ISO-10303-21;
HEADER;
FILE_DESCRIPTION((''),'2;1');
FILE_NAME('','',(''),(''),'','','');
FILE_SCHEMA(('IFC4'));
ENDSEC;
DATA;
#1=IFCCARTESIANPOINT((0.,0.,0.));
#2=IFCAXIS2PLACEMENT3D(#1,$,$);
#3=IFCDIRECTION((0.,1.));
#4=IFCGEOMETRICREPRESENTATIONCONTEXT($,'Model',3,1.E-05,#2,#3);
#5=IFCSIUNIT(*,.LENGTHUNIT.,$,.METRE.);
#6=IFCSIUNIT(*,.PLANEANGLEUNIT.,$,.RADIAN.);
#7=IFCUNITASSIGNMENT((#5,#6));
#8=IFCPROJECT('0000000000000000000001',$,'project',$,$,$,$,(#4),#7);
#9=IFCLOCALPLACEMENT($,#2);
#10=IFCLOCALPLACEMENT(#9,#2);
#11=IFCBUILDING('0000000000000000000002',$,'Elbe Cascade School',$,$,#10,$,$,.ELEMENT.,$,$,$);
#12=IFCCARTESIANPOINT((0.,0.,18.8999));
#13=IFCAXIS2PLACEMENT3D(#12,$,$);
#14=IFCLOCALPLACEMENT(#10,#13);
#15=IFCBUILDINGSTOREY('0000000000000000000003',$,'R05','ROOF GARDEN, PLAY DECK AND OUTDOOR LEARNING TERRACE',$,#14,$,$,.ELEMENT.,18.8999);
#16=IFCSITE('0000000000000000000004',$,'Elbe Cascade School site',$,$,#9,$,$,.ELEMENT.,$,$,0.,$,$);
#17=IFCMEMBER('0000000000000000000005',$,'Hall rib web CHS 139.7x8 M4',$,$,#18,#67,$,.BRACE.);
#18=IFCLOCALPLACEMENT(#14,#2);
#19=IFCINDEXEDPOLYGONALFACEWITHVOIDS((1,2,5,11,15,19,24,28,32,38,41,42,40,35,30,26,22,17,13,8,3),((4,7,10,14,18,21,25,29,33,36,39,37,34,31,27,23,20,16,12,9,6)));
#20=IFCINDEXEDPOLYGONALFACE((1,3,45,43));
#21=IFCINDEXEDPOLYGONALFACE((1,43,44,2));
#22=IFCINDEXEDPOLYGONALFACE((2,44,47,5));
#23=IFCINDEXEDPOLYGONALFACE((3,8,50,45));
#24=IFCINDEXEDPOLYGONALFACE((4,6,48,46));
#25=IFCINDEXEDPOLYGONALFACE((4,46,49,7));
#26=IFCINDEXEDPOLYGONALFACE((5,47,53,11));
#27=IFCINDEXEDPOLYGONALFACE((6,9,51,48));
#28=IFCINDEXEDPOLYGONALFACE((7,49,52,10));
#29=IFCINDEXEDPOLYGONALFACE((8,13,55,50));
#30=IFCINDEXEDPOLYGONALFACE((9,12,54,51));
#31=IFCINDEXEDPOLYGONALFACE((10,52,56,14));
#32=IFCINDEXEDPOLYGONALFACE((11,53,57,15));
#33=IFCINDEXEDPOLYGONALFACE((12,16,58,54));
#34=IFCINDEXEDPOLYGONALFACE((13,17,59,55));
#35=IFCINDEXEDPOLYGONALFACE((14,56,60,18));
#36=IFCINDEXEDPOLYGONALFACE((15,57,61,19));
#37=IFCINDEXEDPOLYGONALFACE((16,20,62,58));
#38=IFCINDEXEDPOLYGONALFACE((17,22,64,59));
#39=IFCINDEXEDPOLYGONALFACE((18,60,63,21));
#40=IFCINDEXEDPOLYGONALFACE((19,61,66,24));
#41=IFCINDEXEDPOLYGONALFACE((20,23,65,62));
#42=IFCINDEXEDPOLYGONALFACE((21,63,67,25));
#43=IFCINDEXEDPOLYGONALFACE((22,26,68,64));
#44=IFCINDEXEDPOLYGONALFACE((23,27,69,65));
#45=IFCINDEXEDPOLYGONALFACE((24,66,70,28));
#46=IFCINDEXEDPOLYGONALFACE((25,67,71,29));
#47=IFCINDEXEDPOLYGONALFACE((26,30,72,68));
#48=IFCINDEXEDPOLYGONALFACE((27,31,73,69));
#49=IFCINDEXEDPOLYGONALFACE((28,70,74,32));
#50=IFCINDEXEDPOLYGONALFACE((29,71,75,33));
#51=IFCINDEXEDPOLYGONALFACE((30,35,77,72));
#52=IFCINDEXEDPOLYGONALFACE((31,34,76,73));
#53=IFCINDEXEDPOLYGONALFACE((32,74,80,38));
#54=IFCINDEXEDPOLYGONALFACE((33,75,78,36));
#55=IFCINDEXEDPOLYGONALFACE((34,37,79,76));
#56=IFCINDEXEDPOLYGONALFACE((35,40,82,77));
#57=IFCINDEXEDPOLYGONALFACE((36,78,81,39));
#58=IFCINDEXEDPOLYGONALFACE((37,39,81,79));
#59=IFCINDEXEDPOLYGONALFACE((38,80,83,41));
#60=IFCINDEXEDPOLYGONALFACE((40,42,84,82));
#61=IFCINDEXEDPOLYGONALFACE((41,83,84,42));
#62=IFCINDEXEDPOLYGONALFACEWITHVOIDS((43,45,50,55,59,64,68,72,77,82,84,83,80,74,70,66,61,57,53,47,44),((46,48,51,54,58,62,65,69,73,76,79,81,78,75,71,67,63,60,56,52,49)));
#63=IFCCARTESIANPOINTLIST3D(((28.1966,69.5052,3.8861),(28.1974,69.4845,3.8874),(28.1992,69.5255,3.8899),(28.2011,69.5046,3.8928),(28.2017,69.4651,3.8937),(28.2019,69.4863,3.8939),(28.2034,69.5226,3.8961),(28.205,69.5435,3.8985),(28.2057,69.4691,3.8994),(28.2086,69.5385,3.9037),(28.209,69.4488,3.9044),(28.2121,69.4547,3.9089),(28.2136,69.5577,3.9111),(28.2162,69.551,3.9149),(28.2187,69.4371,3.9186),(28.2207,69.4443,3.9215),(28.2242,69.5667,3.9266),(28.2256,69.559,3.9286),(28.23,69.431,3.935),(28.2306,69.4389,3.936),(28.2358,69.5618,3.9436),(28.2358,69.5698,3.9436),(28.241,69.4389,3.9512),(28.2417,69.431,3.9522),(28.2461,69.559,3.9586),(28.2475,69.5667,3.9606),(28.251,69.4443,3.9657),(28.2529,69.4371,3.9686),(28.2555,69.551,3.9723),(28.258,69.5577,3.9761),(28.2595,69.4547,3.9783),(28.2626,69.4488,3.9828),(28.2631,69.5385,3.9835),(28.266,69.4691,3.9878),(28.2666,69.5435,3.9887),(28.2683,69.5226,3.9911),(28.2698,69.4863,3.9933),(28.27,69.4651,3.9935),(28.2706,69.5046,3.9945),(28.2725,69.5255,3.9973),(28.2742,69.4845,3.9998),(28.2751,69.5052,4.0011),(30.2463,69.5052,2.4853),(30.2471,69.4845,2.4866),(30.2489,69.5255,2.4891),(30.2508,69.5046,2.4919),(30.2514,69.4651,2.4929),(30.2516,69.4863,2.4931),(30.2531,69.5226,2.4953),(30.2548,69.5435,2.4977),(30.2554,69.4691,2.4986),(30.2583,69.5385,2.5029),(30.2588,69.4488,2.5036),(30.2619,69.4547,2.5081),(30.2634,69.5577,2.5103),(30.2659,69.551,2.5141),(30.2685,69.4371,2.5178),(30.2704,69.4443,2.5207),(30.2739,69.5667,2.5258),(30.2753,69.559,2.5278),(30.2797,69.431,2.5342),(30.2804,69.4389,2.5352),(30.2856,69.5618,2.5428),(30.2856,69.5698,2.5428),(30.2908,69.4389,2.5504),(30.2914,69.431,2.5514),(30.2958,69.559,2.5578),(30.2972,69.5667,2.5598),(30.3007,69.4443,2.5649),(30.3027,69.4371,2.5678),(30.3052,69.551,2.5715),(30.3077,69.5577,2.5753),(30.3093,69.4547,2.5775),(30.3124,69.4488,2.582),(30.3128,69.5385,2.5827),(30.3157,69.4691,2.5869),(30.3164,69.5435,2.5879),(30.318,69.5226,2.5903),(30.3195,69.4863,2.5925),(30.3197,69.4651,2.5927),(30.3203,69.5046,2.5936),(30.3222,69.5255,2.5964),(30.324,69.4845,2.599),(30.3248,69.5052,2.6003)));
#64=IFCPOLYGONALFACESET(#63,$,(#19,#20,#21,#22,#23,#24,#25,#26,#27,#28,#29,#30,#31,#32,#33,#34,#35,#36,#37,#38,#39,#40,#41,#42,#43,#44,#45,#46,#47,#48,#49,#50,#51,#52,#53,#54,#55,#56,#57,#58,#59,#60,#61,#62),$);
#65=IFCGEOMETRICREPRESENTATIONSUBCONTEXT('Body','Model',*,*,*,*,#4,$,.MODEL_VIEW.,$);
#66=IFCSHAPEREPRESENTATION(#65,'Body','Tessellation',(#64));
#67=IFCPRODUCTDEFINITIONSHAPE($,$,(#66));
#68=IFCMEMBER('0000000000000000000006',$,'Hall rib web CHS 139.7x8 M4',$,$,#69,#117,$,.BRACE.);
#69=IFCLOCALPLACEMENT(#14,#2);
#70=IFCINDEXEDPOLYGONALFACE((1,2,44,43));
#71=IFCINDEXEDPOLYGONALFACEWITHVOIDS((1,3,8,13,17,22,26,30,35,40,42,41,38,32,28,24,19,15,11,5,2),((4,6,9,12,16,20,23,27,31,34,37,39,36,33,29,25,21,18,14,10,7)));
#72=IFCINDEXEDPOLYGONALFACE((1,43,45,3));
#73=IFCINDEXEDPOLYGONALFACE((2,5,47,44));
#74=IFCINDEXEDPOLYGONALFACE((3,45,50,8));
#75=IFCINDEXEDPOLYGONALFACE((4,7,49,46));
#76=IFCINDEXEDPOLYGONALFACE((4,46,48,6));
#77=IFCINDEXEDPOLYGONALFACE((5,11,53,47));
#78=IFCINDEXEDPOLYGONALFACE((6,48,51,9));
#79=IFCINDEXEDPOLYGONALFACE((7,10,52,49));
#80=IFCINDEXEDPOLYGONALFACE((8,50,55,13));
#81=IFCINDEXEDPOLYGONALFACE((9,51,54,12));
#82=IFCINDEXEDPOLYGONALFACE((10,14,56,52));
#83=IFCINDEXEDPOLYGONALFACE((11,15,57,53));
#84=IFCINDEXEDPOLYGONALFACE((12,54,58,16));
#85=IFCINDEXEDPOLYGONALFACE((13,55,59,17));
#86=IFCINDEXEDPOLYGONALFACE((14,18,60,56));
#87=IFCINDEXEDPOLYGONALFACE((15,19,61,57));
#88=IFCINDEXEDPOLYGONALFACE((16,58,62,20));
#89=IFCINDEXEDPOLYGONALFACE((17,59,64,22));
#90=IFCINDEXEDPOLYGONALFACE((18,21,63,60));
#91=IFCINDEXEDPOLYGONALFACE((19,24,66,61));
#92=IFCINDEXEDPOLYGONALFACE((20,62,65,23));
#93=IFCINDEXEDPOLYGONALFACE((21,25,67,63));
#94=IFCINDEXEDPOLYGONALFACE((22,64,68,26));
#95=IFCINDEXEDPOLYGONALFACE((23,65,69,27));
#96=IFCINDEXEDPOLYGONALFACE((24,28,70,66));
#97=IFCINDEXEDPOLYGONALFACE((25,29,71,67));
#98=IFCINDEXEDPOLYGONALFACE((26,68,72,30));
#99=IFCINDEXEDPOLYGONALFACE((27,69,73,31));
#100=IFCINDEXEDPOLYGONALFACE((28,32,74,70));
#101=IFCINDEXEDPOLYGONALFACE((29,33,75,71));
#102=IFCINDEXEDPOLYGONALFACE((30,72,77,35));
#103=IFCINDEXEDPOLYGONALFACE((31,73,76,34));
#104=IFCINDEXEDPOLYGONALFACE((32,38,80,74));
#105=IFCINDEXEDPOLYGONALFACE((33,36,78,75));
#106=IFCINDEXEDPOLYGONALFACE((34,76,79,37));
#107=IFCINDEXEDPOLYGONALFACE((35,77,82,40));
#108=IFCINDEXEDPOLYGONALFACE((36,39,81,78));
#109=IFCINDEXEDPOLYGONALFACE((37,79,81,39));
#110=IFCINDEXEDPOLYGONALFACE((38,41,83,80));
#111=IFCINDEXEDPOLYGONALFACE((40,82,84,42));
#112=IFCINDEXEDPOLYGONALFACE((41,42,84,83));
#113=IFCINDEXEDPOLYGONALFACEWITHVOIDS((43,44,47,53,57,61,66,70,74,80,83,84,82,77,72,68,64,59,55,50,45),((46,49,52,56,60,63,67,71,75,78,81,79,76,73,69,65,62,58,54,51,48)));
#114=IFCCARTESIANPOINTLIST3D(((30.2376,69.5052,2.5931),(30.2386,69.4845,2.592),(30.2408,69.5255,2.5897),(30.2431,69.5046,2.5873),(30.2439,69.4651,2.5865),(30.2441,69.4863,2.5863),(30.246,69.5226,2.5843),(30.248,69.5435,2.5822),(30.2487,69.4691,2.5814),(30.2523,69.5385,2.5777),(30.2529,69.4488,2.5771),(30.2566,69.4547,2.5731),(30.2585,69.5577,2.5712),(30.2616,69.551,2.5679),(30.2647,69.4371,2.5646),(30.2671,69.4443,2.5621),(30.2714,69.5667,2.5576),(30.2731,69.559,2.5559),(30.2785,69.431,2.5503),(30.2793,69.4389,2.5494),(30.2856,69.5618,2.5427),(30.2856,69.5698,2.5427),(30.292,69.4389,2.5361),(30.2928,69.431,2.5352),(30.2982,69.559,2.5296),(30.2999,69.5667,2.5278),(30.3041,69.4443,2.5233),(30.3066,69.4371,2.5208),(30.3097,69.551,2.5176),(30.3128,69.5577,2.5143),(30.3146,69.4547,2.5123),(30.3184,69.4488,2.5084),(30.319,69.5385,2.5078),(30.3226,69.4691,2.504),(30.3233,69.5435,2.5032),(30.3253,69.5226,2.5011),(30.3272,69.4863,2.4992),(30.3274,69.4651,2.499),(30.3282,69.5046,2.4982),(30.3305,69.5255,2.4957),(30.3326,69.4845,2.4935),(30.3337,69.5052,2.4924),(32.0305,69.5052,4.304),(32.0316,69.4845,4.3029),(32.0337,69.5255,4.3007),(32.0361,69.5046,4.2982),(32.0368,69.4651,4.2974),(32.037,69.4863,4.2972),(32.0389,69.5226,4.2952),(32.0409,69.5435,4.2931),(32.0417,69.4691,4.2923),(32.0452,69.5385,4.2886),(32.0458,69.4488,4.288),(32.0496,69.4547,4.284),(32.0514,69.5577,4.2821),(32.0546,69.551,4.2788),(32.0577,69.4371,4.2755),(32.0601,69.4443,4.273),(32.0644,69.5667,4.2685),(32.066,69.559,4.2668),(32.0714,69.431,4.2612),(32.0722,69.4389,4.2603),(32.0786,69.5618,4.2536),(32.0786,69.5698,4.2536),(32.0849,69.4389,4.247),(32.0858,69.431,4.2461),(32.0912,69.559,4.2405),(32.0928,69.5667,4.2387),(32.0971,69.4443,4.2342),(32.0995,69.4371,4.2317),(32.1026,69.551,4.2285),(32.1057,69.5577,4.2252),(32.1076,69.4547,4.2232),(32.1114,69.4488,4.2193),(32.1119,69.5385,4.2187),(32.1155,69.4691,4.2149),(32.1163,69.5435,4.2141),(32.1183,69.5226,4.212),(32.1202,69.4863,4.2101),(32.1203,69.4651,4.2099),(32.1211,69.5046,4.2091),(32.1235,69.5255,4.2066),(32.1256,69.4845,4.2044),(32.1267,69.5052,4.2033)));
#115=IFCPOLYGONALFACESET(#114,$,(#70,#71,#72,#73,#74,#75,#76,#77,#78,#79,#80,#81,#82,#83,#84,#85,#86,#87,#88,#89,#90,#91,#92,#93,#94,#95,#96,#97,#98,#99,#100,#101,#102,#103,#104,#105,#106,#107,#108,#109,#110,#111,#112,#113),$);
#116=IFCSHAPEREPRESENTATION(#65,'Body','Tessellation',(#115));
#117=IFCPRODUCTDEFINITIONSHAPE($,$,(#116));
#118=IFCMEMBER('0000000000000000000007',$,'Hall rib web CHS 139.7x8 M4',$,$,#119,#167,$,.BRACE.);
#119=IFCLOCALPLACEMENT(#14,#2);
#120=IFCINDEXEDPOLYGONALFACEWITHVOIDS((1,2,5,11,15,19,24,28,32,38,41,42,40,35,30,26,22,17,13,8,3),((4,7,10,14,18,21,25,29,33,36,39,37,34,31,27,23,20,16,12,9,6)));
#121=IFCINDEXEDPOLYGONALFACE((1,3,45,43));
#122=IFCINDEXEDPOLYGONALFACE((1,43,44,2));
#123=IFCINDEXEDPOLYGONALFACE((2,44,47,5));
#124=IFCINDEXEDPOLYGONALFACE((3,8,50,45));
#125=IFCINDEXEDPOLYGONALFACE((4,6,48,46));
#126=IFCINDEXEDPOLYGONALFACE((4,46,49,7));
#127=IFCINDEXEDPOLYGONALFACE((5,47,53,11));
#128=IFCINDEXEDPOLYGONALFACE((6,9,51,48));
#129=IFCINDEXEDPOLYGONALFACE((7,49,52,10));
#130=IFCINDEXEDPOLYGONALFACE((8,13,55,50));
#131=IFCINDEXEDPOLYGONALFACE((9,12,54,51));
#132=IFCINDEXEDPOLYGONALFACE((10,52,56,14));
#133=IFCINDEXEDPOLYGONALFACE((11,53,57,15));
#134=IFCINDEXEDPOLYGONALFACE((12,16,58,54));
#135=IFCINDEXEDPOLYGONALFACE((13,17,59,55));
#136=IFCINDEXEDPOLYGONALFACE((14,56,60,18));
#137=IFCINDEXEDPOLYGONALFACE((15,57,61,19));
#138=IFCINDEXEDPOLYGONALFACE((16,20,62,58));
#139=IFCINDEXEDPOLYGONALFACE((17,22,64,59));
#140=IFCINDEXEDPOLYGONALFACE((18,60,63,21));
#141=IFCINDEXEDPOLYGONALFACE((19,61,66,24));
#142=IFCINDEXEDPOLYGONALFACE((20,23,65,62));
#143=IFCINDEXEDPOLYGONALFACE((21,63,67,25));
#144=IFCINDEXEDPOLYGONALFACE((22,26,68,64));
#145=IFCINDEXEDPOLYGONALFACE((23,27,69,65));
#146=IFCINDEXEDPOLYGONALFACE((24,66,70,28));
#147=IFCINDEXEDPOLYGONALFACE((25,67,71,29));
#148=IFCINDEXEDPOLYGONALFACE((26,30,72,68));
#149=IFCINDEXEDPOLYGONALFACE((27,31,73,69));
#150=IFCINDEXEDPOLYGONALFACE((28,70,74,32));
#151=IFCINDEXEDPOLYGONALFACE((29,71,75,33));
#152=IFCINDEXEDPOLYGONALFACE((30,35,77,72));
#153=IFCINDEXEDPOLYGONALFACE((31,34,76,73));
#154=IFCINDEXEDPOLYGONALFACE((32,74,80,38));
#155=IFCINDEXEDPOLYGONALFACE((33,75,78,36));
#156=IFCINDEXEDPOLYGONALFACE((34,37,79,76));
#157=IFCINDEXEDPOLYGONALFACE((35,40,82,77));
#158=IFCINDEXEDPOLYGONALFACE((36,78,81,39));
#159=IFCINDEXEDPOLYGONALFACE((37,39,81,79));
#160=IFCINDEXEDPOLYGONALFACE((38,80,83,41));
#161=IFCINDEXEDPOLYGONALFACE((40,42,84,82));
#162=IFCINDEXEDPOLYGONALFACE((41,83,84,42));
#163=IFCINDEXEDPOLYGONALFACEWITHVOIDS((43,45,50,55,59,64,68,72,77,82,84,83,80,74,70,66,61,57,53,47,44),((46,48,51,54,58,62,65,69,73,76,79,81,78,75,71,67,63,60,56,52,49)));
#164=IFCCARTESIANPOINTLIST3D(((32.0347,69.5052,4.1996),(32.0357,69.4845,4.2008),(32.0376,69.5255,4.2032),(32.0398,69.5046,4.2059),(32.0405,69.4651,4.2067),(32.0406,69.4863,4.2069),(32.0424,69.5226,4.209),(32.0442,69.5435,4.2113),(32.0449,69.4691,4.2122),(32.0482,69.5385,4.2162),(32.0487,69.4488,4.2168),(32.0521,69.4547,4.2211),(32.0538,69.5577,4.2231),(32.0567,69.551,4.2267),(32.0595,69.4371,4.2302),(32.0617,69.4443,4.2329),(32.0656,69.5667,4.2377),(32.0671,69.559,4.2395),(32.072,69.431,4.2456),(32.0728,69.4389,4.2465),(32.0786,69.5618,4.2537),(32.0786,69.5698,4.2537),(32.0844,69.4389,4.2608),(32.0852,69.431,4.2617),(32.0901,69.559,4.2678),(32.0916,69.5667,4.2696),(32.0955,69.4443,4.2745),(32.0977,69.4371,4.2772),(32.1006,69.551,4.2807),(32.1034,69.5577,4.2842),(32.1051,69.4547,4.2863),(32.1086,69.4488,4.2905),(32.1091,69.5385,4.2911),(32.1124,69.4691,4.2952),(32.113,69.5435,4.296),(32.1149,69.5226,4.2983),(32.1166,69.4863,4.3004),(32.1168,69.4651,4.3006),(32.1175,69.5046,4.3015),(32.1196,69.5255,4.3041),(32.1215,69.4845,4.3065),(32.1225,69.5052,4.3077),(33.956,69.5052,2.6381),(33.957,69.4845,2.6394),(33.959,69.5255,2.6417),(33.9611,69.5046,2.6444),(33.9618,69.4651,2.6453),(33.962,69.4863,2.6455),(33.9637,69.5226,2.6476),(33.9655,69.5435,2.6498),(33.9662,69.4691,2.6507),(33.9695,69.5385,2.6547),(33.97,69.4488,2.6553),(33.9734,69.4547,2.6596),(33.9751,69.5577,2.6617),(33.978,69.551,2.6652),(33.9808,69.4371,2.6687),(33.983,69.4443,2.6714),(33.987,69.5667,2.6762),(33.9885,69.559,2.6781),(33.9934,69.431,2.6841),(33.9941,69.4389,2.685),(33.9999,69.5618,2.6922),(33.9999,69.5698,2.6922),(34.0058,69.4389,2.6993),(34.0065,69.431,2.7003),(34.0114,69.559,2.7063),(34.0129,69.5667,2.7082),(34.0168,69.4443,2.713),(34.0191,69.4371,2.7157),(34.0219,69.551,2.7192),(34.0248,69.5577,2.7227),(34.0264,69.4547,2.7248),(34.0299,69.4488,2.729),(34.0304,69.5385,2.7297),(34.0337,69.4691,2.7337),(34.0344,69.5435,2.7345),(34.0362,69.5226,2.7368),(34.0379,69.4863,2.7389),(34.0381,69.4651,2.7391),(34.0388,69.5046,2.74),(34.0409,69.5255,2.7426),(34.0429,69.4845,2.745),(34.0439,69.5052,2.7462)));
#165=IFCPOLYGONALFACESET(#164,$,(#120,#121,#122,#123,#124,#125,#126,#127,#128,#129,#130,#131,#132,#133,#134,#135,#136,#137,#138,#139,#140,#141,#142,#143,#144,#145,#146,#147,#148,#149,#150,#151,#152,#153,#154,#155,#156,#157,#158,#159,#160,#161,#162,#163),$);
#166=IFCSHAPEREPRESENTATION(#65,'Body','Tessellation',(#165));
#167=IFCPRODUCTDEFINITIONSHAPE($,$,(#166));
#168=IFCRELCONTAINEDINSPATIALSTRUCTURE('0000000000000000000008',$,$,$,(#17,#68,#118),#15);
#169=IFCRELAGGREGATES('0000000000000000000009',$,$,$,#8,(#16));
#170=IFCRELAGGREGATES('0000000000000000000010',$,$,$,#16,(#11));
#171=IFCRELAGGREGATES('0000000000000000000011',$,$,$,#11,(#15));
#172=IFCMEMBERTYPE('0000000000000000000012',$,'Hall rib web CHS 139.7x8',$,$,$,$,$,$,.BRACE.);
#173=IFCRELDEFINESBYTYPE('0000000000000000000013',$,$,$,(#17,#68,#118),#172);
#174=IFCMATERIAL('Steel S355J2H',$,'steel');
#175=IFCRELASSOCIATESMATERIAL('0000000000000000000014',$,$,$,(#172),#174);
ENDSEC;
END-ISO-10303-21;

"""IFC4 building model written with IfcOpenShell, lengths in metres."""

from ifc_helpers import new_model, si_unit, direction, frame, origin, origin_2d, place, context, subcontext, project, spatial, hollow_circle, extrude, material, material_profile, profile_set, type_object, element, save


model = new_model("IFC4")

# Units and contexts
model_context = context("Model", 3, precision=1e-05, world=origin(), true_north=direction((0.0, 1.0)))
body_context = subcontext(model_context, "Body", "Model", "MODEL_VIEW")
ifc_project = project(units=[si_unit("LENGTHUNIT", "METRE"), si_unit("PLANEANGLEUNIT", "RADIAN")], contexts=[model_context])

# Site, building, storey
site_placement = place(None, origin())
site = spatial("IfcSite", under=ifc_project, at=site_placement, Name="Elbe Cascade School site", CompositionType="ELEMENT", RefElevation=0.0)
building_placement = place(site_placement, origin())
building = spatial("IfcBuilding", under=site, at=building_placement, Name="Elbe Cascade School", CompositionType="ELEMENT")
storey_placement = place(building_placement, frame((0.0, 0.0, 18.8999)))
storey = spatial("IfcBuildingStorey", under=building, at=storey_placement, Name="R05", Description="ROOF GARDEN, PLAY DECK AND OUTDOOR LEARNING TERRACE", CompositionType="ELEMENT", Elevation=18.8999)

# Members
ifc_material_1 = material(Name="Steel S355J2H", Category="steel")
ifc_material_profile_1 = material_profile(ifc_material_1, hollow_circle(Radius=0.0698, WallThickness=0.0081, at=origin_2d()), Name="CHS 139.7x8")
ifc_profile_set_1 = profile_set([ifc_material_profile_1], Name="Steel S355J2H")
member_type_1 = type_object("IfcMemberType", Name="Hall rib web CHS 139.7x8", PredefinedType="BRACE", material=ifc_profile_set_1)
member_1_placement = place(storey_placement, frame((28.2358, 69.5, 3.9436), z_axis=(0.825611, 0.0, -0.56424), x_axis=(0.0, 1.0, 0.0)))
element("IfcMember", 1, at=member_1_placement, inside=storey, type_object=member_type_1, Name="Hall rib web CHS 139.7x8 M4", PredefinedType="BRACE", context=body_context, shape_type="SweptSolid", body=[
    extrude(hollow_circle(Radius=0.0698, WallThickness=0.0081, at=origin_2d()), origin(), (0.0, 0.0, 1.0), 2.4827),
])
member_2_placement = place(storey_placement, frame((30.2856, 69.5, 2.5427), z_axis=(0.723463, 0.0, 0.690363), x_axis=(0.0, 1.0, 0.0)))
element("IfcMember", 2, at=member_2_placement, inside=storey, type_object=member_type_1, Name="Hall rib web CHS 139.7x8 M4", PredefinedType="BRACE", context=body_context, shape_type="SweptSolid", body=[
    extrude(hollow_circle(Radius=0.0698, WallThickness=0.0081, at=origin_2d()), origin(), (0.0, 0.0, 1.0), 2.4783),
])
member_3_placement = place(storey_placement, frame((32.0786, 69.5, 4.2537), z_axis=(0.776036, 0.0, -0.630689), x_axis=(0.0, 1.0, 0.0)))
element("IfcMember", 3, at=member_3_placement, inside=storey, type_object=member_type_1, Name="Hall rib web CHS 139.7x8 M4", PredefinedType="BRACE", context=body_context, shape_type="SweptSolid", body=[
    extrude(hollow_circle(Radius=0.0698, WallThickness=0.0081, at=origin_2d()), origin(), (0.0, 0.0, 1.0), 2.4758),
])

save(model, "model.ifc")
